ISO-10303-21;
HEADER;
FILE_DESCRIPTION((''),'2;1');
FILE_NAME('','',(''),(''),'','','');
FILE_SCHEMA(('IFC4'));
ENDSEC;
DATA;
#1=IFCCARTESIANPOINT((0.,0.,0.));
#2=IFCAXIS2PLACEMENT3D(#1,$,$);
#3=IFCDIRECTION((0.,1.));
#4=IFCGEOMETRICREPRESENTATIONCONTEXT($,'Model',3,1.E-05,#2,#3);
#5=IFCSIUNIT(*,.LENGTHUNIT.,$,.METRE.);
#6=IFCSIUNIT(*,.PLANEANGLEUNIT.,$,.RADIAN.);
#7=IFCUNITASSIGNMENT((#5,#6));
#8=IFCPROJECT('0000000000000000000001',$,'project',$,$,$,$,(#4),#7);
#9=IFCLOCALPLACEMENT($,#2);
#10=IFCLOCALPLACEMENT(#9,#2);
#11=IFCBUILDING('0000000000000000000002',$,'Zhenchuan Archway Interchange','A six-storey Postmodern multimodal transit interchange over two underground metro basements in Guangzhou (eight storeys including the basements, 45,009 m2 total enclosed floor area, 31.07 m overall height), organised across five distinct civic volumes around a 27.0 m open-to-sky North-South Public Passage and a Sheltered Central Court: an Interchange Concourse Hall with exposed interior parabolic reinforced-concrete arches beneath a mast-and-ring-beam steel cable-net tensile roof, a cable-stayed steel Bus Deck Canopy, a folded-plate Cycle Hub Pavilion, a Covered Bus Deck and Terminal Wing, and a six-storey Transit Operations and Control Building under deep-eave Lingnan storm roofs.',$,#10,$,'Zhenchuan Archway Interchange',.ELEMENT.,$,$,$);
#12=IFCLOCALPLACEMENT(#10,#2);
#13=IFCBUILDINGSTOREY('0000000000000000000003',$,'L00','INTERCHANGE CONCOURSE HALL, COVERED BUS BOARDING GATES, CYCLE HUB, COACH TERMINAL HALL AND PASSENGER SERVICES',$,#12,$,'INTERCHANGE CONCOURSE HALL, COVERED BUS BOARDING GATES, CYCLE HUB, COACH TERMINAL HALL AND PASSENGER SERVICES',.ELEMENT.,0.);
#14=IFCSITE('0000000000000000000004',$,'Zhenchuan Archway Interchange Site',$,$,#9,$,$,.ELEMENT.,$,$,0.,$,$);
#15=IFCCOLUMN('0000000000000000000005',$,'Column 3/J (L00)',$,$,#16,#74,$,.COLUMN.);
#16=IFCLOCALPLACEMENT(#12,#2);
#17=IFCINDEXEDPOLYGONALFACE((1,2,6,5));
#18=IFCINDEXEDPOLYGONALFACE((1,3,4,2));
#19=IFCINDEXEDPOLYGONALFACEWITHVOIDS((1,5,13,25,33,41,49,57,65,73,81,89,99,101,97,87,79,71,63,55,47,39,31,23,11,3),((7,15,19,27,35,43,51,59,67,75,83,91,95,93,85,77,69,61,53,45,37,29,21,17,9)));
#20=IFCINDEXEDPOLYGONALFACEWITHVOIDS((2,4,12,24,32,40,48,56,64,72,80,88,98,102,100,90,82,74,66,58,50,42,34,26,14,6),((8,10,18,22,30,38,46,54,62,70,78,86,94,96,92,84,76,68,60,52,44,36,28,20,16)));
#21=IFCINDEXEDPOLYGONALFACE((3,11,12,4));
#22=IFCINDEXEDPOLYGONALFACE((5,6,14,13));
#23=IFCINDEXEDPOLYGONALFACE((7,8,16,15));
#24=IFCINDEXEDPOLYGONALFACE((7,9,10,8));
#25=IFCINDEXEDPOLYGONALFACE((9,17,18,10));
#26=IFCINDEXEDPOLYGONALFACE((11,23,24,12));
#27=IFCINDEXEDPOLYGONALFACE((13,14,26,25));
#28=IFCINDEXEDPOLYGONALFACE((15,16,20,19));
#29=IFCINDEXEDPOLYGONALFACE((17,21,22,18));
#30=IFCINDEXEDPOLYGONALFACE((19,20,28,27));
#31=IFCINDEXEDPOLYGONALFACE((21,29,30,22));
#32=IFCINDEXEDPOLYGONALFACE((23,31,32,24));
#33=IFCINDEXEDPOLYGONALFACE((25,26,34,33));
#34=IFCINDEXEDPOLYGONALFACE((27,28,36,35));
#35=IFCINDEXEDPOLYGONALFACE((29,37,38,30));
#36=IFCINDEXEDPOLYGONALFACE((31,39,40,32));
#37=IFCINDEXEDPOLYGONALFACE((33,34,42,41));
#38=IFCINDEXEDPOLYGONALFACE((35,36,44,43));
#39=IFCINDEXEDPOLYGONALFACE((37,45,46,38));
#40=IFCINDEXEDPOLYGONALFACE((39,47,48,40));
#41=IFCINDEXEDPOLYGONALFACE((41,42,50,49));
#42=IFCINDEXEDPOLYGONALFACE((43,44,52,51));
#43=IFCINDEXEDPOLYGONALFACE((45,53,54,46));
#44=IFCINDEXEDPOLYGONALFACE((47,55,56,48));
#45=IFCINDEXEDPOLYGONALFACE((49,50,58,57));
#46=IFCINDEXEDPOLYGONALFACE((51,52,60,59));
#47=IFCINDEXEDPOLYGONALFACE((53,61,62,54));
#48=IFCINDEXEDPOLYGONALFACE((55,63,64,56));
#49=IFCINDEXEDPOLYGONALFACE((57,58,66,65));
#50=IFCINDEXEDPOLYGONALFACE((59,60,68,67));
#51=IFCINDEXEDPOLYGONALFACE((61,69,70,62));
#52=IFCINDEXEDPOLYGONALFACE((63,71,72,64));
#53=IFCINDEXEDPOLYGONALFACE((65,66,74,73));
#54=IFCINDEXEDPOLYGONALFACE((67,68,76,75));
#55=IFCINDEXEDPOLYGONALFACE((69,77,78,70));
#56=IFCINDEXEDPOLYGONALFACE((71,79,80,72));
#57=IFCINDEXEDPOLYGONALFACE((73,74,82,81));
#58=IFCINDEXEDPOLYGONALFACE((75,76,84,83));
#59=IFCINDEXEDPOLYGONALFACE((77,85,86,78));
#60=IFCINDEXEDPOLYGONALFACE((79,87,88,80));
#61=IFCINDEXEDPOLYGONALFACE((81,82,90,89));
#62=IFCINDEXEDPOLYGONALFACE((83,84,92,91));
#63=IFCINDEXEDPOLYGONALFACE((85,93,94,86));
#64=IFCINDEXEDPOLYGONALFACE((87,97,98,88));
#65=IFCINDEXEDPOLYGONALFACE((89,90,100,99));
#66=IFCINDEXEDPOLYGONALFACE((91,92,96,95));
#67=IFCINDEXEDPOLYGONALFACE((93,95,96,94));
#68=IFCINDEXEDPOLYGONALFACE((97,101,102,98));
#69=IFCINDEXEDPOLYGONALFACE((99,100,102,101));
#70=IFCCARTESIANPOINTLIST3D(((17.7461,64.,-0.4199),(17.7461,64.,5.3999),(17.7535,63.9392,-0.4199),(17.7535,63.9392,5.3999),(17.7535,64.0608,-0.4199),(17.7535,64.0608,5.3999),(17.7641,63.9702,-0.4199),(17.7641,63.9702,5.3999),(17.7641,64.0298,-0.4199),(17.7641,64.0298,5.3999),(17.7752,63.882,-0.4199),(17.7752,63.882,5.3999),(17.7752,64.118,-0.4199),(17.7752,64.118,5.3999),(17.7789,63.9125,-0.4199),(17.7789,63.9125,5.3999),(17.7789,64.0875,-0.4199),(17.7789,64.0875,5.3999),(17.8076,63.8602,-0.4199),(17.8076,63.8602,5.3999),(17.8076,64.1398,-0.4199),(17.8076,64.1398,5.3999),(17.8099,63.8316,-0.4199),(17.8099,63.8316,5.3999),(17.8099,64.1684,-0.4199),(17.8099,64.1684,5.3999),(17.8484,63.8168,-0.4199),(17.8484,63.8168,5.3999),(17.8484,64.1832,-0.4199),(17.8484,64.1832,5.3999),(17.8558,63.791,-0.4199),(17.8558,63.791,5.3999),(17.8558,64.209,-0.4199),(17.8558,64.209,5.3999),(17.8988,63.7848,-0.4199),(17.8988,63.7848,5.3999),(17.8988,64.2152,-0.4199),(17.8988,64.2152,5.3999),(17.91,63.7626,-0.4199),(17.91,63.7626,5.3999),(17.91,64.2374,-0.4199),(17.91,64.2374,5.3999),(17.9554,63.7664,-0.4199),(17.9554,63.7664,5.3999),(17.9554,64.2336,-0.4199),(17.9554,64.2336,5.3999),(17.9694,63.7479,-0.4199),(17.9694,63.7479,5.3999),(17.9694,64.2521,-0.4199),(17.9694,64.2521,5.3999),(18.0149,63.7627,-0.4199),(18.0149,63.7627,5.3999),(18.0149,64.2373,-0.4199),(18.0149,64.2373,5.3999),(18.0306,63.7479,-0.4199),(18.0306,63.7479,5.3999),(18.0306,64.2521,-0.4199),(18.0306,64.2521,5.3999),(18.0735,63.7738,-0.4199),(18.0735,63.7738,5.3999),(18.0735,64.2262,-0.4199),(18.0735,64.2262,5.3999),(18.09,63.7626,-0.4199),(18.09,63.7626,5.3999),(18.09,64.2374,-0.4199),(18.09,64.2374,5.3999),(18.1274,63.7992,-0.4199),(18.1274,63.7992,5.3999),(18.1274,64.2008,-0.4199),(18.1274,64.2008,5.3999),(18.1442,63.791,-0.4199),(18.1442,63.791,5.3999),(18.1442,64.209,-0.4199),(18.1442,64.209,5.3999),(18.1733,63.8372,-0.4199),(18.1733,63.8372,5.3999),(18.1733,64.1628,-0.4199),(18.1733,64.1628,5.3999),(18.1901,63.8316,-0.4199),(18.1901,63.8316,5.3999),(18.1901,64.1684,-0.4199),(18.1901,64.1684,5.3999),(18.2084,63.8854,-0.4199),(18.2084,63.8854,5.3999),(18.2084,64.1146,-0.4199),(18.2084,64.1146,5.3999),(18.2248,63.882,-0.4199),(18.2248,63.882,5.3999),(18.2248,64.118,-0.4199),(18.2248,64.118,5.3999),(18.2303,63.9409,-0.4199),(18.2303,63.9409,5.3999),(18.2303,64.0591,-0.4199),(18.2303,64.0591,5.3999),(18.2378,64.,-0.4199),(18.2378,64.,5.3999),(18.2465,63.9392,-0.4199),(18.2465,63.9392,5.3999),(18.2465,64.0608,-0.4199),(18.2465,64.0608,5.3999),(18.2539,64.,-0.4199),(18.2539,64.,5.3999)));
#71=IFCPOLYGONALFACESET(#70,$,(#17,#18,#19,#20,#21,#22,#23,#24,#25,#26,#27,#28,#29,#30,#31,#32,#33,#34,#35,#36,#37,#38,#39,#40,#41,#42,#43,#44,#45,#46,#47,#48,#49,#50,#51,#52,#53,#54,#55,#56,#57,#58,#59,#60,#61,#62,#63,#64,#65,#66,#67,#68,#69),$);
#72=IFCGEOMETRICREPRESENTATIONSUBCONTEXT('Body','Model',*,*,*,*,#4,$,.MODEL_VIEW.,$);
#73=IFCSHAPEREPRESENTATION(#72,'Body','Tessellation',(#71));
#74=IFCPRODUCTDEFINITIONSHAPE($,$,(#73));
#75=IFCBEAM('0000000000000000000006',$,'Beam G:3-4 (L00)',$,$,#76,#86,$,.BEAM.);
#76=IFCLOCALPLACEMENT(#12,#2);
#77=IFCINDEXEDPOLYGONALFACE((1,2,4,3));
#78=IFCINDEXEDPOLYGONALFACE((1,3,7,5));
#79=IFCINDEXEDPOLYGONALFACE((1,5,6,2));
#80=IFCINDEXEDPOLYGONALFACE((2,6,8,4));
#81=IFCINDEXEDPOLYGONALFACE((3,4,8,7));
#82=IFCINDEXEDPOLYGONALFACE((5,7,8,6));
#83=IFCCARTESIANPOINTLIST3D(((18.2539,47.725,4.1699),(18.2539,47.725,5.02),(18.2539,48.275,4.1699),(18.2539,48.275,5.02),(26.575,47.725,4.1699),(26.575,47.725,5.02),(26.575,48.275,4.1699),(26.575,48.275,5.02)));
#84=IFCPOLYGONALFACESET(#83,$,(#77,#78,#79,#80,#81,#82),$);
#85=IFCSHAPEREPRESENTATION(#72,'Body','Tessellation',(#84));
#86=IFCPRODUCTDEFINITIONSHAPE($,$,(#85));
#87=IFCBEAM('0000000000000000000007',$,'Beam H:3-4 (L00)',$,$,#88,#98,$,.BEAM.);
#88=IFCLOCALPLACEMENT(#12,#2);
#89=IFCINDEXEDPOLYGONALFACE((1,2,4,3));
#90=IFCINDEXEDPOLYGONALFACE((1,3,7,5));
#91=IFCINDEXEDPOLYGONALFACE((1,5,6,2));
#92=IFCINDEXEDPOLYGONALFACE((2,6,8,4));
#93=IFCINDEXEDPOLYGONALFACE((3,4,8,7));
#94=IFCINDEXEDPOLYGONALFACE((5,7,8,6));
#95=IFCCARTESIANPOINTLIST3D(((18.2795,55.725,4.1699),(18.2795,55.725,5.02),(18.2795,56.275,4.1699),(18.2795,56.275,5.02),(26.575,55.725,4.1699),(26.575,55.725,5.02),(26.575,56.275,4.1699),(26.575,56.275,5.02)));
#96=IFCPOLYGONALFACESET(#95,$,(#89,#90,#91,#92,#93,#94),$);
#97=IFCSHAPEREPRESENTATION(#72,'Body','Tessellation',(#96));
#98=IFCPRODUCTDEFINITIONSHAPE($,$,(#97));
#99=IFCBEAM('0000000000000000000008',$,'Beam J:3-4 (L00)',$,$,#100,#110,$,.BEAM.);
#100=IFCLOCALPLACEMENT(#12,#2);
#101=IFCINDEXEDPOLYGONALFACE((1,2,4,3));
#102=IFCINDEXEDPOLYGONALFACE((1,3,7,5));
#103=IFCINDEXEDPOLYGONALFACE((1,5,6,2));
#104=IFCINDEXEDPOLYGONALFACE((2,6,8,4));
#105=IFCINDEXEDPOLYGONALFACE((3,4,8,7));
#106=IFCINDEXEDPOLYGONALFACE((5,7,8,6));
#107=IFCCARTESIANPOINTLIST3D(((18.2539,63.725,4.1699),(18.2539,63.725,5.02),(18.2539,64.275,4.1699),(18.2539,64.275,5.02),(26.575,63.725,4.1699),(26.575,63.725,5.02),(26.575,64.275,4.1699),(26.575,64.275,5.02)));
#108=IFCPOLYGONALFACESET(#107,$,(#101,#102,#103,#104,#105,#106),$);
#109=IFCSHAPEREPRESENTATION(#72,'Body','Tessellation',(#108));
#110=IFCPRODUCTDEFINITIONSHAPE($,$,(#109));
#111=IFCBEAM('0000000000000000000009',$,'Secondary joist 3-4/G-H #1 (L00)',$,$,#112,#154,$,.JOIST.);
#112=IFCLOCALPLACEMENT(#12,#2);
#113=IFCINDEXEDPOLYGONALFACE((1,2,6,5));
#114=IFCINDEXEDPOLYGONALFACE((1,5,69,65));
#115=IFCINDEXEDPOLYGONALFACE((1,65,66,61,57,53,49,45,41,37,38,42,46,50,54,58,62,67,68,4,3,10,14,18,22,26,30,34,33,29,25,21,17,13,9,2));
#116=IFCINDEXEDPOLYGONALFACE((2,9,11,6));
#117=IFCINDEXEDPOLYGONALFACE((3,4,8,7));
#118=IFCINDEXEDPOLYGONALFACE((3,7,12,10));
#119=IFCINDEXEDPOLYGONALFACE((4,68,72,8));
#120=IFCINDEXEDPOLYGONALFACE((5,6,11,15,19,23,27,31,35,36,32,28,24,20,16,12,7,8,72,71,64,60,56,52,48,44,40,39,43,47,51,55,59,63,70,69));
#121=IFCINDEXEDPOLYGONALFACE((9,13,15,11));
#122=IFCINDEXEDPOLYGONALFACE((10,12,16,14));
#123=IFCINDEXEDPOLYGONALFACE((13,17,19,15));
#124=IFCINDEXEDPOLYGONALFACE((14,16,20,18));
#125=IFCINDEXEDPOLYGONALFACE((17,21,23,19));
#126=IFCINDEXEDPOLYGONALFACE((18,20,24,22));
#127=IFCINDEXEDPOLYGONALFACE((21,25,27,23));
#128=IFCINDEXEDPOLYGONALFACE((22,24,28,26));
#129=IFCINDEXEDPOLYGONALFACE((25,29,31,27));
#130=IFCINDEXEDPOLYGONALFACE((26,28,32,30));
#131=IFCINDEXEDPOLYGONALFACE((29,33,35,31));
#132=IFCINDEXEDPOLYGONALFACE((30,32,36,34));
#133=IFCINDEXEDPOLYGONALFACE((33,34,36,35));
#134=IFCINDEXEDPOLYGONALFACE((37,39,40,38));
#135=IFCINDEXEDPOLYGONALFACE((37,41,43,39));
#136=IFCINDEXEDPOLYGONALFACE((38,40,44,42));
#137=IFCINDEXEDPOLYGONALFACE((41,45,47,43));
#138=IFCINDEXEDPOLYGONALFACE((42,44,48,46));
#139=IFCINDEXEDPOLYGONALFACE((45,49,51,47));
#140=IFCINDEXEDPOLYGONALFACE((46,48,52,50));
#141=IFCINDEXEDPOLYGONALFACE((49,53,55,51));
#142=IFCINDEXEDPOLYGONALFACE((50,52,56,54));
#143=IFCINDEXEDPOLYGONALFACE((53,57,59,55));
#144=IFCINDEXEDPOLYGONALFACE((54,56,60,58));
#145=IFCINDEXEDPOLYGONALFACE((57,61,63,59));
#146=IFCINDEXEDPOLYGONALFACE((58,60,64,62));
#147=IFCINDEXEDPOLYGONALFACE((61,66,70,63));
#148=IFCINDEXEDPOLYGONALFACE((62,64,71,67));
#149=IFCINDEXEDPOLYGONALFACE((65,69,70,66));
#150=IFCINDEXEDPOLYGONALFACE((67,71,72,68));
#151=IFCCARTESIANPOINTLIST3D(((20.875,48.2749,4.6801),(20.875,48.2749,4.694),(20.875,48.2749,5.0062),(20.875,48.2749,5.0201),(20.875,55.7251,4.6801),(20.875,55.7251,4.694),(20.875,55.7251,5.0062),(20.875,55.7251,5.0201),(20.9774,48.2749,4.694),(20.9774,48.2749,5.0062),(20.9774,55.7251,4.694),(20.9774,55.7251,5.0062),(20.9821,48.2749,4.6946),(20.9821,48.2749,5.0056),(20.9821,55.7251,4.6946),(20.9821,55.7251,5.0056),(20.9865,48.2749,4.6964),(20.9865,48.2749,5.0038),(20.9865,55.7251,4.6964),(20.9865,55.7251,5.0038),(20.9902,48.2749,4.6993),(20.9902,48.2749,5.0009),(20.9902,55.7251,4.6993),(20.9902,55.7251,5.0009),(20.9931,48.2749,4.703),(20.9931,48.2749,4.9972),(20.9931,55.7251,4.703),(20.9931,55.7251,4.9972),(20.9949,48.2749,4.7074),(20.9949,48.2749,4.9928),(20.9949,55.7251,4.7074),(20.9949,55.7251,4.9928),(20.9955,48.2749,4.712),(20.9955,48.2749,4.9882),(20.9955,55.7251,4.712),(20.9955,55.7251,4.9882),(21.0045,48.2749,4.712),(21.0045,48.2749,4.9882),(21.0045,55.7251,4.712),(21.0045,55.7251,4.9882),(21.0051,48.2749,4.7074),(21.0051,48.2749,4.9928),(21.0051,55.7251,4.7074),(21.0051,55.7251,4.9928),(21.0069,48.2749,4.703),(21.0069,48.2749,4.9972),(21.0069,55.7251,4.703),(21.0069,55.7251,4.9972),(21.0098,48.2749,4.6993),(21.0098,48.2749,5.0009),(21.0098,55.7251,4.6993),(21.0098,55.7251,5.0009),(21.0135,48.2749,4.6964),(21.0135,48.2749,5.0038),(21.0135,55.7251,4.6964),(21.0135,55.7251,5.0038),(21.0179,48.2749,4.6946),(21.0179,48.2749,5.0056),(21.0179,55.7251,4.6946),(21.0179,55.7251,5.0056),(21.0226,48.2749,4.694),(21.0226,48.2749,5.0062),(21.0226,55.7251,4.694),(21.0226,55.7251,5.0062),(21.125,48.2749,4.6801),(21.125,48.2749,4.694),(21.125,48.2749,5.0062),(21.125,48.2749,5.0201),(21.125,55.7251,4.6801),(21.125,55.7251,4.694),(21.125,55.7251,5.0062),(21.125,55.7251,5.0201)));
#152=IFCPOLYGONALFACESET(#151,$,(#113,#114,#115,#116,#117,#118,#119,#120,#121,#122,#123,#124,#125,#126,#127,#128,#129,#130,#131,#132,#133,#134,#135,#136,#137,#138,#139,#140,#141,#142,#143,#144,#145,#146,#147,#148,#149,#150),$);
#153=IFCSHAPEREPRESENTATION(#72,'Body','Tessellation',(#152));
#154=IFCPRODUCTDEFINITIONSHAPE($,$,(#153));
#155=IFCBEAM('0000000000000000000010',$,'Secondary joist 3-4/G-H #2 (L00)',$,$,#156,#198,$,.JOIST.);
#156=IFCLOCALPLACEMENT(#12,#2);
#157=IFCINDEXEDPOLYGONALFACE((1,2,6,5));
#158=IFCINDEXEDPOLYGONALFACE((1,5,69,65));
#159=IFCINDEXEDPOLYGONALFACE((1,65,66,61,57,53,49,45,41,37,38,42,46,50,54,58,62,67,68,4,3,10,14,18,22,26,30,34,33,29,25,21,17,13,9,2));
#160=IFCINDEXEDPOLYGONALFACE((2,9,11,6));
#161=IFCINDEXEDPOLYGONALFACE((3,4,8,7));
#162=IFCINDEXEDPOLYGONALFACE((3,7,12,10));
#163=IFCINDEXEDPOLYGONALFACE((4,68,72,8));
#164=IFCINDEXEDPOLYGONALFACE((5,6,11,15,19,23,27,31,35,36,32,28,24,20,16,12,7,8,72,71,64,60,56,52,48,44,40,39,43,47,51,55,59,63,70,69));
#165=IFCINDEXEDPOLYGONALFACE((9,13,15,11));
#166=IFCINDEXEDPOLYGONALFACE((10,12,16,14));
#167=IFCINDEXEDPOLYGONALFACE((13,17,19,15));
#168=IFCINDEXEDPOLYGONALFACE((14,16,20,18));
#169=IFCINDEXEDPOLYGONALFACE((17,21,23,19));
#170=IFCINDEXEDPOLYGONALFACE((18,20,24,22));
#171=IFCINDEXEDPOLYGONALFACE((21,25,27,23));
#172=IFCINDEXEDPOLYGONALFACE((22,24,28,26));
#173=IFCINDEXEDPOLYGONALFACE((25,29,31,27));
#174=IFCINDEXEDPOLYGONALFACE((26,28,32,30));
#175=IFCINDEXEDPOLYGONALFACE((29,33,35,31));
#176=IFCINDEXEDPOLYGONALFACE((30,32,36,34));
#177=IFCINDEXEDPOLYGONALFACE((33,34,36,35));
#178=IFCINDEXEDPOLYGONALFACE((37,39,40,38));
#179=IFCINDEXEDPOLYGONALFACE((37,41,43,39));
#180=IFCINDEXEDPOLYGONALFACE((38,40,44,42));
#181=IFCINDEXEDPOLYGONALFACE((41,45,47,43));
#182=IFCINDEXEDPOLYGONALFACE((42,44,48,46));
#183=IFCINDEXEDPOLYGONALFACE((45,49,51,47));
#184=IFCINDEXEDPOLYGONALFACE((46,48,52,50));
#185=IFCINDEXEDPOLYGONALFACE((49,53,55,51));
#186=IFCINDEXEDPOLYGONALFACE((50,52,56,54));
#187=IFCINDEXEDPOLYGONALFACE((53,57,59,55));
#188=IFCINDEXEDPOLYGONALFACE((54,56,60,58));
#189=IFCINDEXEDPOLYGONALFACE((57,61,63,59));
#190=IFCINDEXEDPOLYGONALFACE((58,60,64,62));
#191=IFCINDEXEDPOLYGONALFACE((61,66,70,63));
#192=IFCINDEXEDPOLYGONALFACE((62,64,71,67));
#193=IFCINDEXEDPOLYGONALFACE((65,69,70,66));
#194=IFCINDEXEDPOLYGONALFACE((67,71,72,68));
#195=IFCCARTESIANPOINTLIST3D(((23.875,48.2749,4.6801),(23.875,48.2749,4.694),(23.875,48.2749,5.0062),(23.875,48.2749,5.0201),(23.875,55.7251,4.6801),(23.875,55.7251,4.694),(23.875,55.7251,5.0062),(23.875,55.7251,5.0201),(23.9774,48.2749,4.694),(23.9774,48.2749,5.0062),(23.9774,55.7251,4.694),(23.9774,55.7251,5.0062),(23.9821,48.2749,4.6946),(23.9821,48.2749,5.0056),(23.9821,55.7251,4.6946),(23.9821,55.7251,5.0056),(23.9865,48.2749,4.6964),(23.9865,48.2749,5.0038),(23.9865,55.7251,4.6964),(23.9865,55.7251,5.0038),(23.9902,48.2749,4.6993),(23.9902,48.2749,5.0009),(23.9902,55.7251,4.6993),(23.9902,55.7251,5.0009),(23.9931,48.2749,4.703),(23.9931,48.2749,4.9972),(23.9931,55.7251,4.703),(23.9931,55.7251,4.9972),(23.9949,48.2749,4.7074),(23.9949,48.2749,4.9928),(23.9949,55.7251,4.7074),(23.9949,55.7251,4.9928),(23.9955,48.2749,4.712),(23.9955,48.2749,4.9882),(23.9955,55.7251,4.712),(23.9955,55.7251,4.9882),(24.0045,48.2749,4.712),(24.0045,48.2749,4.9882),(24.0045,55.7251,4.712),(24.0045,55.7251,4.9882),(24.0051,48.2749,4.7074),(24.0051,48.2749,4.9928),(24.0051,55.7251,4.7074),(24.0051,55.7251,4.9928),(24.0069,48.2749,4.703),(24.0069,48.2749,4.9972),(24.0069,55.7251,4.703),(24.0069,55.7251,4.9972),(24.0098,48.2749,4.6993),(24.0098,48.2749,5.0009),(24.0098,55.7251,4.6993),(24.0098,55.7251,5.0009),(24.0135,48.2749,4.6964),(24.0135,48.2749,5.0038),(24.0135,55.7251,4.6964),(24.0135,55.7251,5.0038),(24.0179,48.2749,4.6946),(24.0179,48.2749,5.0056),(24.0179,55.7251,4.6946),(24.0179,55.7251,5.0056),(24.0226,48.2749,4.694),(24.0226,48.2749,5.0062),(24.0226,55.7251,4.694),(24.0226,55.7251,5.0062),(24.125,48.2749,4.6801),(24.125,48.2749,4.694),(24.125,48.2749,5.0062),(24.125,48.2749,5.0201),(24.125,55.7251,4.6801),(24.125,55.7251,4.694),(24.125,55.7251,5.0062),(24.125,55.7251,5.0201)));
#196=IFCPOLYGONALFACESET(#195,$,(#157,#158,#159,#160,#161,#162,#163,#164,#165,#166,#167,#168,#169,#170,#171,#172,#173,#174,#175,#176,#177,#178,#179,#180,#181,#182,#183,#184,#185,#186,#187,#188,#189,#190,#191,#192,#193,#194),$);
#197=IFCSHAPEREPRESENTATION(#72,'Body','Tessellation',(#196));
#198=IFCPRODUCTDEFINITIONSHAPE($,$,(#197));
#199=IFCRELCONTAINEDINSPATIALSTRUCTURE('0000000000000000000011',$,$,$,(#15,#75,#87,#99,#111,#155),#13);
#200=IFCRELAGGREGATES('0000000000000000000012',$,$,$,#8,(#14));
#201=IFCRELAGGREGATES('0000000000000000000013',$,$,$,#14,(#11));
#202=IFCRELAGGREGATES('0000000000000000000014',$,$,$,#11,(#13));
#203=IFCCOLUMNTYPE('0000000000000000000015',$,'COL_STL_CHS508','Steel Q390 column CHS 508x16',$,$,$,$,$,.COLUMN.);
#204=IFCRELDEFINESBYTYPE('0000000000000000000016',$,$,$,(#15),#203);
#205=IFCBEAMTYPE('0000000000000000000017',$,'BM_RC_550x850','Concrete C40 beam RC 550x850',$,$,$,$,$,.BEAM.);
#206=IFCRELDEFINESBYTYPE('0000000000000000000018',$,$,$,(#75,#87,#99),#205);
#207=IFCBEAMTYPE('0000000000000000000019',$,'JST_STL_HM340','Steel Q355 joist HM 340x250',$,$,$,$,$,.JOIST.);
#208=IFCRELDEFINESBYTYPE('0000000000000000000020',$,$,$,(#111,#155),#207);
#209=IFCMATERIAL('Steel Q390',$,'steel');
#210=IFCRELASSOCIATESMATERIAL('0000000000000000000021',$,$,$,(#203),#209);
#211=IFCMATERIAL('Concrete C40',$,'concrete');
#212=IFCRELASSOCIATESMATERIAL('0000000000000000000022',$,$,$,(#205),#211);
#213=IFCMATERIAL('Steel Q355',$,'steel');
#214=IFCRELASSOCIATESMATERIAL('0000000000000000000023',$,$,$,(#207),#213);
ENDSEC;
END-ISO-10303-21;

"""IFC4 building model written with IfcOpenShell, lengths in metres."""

from ifc_helpers import new_model, si_unit, direction, frame, origin, origin_2d, place, context, subcontext, project, spatial, rectangle, hollow_circle, i_section, extrude, material, material_profile, profile_set, type_object, element, save


model = new_model("IFC4")

# Units and contexts
model_context = context("Model", 3, precision=1e-05, world=origin(), true_north=direction((0.0, 1.0)))
body_context = subcontext(model_context, "Body", "Model", "MODEL_VIEW")
ifc_project = project(units=[si_unit("LENGTHUNIT", "METRE"), si_unit("PLANEANGLEUNIT", "RADIAN")], contexts=[model_context])

# Site, building, storey
site_placement = place(None, origin())
site = spatial("IfcSite", under=ifc_project, at=site_placement, Name="Zhenchuan Archway Interchange Site", CompositionType="ELEMENT", RefElevation=0.0)
building_placement = place(site_placement, origin())
building = spatial("IfcBuilding", under=site, at=building_placement, Name="Zhenchuan Archway Interchange", Description="A six-storey Postmodern multimodal transit interchange over two underground metro basements in Guangzhou (eight storeys including the basements, 45,009 m2 total enclosed floor area, 31.07 m overall height), organised across five distinct civic volumes around a 27.0 m open-to-sky North-South Public Passage and a Sheltered Central Court: an Interchange Concourse Hall with exposed interior parabolic reinforced-concrete arches beneath a mast-and-ring-beam steel cable-net tensile roof, a cable-stayed steel Bus Deck Canopy, a folded-plate Cycle Hub Pavilion, a Covered Bus Deck and Terminal Wing, and a six-storey Transit Operations and Control Building under deep-eave Lingnan storm roofs.", LongName="Zhenchuan Archway Interchange", CompositionType="ELEMENT")
storey_placement = place(building_placement, origin())
storey = spatial("IfcBuildingStorey", under=building, at=storey_placement, Name="L00", Description="INTERCHANGE CONCOURSE HALL, COVERED BUS BOARDING GATES, CYCLE HUB, COACH TERMINAL HALL AND PASSENGER SERVICES", LongName="INTERCHANGE CONCOURSE HALL, COVERED BUS BOARDING GATES, CYCLE HUB, COACH TERMINAL HALL AND PASSENGER SERVICES", CompositionType="ELEMENT", Elevation=0.0)

# Shared definitions
ifc_material_1 = material(Name="Concrete C40", Category="concrete")

# Column
ifc_material_2 = material(Name="Steel Q390", Category="steel")
ifc_material_profile_1 = material_profile(ifc_material_2, hollow_circle(Radius=0.2539, WallThickness=0.0161, at=origin_2d()), Name="CHS 508x16")
ifc_profile_set_1 = profile_set([ifc_material_profile_1], Name="Steel Q390")
column_type = type_object("IfcColumnType", Name="COL_STL_CHS508", Description="Steel Q390 column CHS 508x16", PredefinedType="COLUMN", material=ifc_profile_set_1)
column_placement = place(storey_placement, frame((18.0, 64.0, -0.4199), z_axis=(0.0, 0.0, 1.0), x_axis=(1.0, 0.0, 0.0)))
element("IfcColumn", 1, at=column_placement, inside=storey, type_object=column_type, Name="Column 3/J (L00)", PredefinedType="COLUMN", context=body_context, shape_type="SweptSolid", body=[
    extrude(hollow_circle(Radius=0.2539, WallThickness=0.0161, at=origin_2d()), origin(), (0.0, 0.0, 1.0), 5.8198),
])

# Beams
ifc_material_profile_2 = material_profile(ifc_material_1, rectangle(XDim=0.55, YDim=0.8501, at=origin_2d()), Name="RC 550x850")
ifc_profile_set_2 = profile_set([ifc_material_profile_2], Name="Concrete C40")
beam_type_1 = type_object("IfcBeamType", Name="BM_RC_550x850", Description="Concrete C40 beam RC 550x850", PredefinedType="BEAM", material=ifc_profile_set_2)
beam_1_placement = place(storey_placement, frame((18.2539, 48.0, 4.595), z_axis=(1.0, 0.0, 0.0), x_axis=(0.0, 1.0, 0.0)))
element("IfcBeam", 2, at=beam_1_placement, inside=storey, type_object=beam_type_1, Name="Beam G:3-4 (L00)", PredefinedType="BEAM", context=body_context, shape_type="SweptSolid", body=[
    extrude(rectangle(XDim=0.55, YDim=0.8501, at=origin_2d()), origin(), (0.0, 0.0, 1.0), 8.321),
])
beam_2_placement = place(storey_placement, frame((18.2795, 56.0, 4.595), z_axis=(1.0, 0.0, 0.0), x_axis=(0.0, 1.0, 0.0)))
element("IfcBeam", 3, at=beam_2_placement, inside=storey, type_object=beam_type_1, Name="Beam H:3-4 (L00)", PredefinedType="BEAM", context=body_context, shape_type="SweptSolid", body=[
    extrude(rectangle(XDim=0.55, YDim=0.8501, at=origin_2d()), origin(), (0.0, 0.0, 1.0), 8.2954),
])
beam_3_placement = place(storey_placement, frame((18.2539, 64.0, 4.595), z_axis=(1.0, 0.0, 0.0), x_axis=(0.0, 1.0, 0.0)))
element("IfcBeam", 4, at=beam_3_placement, inside=storey, type_object=beam_type_1, Name="Beam J:3-4 (L00)", PredefinedType="BEAM", context=body_context, shape_type="SweptSolid", body=[
    extrude(rectangle(XDim=0.55, YDim=0.8501, at=origin_2d()), origin(), (0.0, 0.0, 1.0), 8.321),
])
ifc_material_3 = material(Name="Steel Q355", Category="steel")
ifc_material_profile_3 = material_profile(ifc_material_3, i_section(OverallWidth=0.25, OverallDepth=0.3401, WebThickness=0.009, FlangeThickness=0.0139, FilletRadius=0.0181, at=origin_2d()), Name="HM 340x250")
ifc_profile_set_3 = profile_set([ifc_material_profile_3], Name="Steel Q355")
beam_type_2 = type_object("IfcBeamType", Name="JST_STL_HM340", Description="Steel Q355 joist HM 340x250", PredefinedType="JOIST", material=ifc_profile_set_3)
for number, where, z_axis, x_axis, name in (
    (5, (21.0, 48.2749, 4.8501), (0.0, 1.0, 0.0), (-1.0, 0.0, 0.0), "Secondary joist 3-4/G-H #1 (L00)"),
    (6, (24.0, 48.2749, 4.8501), (0.0, 1.0, 0.0), (-1.0, 0.0, 0.0), "Secondary joist 3-4/G-H #2 (L00)"),
):
    element("IfcBeam", number, at=place(storey_placement, frame(where, z_axis=z_axis, x_axis=x_axis)), inside=storey, type_object=beam_type_2, Name=name, PredefinedType="JOIST", context=body_context, shape_type="SweptSolid", body=[
        extrude(i_section(OverallWidth=0.25, OverallDepth=0.3401, WebThickness=0.009, FlangeThickness=0.0139, FilletRadius=0.0181, at=origin_2d()), origin(), (0.0, 0.0, 1.0), 7.4502),
    ])

save(model, "model.ifc")
